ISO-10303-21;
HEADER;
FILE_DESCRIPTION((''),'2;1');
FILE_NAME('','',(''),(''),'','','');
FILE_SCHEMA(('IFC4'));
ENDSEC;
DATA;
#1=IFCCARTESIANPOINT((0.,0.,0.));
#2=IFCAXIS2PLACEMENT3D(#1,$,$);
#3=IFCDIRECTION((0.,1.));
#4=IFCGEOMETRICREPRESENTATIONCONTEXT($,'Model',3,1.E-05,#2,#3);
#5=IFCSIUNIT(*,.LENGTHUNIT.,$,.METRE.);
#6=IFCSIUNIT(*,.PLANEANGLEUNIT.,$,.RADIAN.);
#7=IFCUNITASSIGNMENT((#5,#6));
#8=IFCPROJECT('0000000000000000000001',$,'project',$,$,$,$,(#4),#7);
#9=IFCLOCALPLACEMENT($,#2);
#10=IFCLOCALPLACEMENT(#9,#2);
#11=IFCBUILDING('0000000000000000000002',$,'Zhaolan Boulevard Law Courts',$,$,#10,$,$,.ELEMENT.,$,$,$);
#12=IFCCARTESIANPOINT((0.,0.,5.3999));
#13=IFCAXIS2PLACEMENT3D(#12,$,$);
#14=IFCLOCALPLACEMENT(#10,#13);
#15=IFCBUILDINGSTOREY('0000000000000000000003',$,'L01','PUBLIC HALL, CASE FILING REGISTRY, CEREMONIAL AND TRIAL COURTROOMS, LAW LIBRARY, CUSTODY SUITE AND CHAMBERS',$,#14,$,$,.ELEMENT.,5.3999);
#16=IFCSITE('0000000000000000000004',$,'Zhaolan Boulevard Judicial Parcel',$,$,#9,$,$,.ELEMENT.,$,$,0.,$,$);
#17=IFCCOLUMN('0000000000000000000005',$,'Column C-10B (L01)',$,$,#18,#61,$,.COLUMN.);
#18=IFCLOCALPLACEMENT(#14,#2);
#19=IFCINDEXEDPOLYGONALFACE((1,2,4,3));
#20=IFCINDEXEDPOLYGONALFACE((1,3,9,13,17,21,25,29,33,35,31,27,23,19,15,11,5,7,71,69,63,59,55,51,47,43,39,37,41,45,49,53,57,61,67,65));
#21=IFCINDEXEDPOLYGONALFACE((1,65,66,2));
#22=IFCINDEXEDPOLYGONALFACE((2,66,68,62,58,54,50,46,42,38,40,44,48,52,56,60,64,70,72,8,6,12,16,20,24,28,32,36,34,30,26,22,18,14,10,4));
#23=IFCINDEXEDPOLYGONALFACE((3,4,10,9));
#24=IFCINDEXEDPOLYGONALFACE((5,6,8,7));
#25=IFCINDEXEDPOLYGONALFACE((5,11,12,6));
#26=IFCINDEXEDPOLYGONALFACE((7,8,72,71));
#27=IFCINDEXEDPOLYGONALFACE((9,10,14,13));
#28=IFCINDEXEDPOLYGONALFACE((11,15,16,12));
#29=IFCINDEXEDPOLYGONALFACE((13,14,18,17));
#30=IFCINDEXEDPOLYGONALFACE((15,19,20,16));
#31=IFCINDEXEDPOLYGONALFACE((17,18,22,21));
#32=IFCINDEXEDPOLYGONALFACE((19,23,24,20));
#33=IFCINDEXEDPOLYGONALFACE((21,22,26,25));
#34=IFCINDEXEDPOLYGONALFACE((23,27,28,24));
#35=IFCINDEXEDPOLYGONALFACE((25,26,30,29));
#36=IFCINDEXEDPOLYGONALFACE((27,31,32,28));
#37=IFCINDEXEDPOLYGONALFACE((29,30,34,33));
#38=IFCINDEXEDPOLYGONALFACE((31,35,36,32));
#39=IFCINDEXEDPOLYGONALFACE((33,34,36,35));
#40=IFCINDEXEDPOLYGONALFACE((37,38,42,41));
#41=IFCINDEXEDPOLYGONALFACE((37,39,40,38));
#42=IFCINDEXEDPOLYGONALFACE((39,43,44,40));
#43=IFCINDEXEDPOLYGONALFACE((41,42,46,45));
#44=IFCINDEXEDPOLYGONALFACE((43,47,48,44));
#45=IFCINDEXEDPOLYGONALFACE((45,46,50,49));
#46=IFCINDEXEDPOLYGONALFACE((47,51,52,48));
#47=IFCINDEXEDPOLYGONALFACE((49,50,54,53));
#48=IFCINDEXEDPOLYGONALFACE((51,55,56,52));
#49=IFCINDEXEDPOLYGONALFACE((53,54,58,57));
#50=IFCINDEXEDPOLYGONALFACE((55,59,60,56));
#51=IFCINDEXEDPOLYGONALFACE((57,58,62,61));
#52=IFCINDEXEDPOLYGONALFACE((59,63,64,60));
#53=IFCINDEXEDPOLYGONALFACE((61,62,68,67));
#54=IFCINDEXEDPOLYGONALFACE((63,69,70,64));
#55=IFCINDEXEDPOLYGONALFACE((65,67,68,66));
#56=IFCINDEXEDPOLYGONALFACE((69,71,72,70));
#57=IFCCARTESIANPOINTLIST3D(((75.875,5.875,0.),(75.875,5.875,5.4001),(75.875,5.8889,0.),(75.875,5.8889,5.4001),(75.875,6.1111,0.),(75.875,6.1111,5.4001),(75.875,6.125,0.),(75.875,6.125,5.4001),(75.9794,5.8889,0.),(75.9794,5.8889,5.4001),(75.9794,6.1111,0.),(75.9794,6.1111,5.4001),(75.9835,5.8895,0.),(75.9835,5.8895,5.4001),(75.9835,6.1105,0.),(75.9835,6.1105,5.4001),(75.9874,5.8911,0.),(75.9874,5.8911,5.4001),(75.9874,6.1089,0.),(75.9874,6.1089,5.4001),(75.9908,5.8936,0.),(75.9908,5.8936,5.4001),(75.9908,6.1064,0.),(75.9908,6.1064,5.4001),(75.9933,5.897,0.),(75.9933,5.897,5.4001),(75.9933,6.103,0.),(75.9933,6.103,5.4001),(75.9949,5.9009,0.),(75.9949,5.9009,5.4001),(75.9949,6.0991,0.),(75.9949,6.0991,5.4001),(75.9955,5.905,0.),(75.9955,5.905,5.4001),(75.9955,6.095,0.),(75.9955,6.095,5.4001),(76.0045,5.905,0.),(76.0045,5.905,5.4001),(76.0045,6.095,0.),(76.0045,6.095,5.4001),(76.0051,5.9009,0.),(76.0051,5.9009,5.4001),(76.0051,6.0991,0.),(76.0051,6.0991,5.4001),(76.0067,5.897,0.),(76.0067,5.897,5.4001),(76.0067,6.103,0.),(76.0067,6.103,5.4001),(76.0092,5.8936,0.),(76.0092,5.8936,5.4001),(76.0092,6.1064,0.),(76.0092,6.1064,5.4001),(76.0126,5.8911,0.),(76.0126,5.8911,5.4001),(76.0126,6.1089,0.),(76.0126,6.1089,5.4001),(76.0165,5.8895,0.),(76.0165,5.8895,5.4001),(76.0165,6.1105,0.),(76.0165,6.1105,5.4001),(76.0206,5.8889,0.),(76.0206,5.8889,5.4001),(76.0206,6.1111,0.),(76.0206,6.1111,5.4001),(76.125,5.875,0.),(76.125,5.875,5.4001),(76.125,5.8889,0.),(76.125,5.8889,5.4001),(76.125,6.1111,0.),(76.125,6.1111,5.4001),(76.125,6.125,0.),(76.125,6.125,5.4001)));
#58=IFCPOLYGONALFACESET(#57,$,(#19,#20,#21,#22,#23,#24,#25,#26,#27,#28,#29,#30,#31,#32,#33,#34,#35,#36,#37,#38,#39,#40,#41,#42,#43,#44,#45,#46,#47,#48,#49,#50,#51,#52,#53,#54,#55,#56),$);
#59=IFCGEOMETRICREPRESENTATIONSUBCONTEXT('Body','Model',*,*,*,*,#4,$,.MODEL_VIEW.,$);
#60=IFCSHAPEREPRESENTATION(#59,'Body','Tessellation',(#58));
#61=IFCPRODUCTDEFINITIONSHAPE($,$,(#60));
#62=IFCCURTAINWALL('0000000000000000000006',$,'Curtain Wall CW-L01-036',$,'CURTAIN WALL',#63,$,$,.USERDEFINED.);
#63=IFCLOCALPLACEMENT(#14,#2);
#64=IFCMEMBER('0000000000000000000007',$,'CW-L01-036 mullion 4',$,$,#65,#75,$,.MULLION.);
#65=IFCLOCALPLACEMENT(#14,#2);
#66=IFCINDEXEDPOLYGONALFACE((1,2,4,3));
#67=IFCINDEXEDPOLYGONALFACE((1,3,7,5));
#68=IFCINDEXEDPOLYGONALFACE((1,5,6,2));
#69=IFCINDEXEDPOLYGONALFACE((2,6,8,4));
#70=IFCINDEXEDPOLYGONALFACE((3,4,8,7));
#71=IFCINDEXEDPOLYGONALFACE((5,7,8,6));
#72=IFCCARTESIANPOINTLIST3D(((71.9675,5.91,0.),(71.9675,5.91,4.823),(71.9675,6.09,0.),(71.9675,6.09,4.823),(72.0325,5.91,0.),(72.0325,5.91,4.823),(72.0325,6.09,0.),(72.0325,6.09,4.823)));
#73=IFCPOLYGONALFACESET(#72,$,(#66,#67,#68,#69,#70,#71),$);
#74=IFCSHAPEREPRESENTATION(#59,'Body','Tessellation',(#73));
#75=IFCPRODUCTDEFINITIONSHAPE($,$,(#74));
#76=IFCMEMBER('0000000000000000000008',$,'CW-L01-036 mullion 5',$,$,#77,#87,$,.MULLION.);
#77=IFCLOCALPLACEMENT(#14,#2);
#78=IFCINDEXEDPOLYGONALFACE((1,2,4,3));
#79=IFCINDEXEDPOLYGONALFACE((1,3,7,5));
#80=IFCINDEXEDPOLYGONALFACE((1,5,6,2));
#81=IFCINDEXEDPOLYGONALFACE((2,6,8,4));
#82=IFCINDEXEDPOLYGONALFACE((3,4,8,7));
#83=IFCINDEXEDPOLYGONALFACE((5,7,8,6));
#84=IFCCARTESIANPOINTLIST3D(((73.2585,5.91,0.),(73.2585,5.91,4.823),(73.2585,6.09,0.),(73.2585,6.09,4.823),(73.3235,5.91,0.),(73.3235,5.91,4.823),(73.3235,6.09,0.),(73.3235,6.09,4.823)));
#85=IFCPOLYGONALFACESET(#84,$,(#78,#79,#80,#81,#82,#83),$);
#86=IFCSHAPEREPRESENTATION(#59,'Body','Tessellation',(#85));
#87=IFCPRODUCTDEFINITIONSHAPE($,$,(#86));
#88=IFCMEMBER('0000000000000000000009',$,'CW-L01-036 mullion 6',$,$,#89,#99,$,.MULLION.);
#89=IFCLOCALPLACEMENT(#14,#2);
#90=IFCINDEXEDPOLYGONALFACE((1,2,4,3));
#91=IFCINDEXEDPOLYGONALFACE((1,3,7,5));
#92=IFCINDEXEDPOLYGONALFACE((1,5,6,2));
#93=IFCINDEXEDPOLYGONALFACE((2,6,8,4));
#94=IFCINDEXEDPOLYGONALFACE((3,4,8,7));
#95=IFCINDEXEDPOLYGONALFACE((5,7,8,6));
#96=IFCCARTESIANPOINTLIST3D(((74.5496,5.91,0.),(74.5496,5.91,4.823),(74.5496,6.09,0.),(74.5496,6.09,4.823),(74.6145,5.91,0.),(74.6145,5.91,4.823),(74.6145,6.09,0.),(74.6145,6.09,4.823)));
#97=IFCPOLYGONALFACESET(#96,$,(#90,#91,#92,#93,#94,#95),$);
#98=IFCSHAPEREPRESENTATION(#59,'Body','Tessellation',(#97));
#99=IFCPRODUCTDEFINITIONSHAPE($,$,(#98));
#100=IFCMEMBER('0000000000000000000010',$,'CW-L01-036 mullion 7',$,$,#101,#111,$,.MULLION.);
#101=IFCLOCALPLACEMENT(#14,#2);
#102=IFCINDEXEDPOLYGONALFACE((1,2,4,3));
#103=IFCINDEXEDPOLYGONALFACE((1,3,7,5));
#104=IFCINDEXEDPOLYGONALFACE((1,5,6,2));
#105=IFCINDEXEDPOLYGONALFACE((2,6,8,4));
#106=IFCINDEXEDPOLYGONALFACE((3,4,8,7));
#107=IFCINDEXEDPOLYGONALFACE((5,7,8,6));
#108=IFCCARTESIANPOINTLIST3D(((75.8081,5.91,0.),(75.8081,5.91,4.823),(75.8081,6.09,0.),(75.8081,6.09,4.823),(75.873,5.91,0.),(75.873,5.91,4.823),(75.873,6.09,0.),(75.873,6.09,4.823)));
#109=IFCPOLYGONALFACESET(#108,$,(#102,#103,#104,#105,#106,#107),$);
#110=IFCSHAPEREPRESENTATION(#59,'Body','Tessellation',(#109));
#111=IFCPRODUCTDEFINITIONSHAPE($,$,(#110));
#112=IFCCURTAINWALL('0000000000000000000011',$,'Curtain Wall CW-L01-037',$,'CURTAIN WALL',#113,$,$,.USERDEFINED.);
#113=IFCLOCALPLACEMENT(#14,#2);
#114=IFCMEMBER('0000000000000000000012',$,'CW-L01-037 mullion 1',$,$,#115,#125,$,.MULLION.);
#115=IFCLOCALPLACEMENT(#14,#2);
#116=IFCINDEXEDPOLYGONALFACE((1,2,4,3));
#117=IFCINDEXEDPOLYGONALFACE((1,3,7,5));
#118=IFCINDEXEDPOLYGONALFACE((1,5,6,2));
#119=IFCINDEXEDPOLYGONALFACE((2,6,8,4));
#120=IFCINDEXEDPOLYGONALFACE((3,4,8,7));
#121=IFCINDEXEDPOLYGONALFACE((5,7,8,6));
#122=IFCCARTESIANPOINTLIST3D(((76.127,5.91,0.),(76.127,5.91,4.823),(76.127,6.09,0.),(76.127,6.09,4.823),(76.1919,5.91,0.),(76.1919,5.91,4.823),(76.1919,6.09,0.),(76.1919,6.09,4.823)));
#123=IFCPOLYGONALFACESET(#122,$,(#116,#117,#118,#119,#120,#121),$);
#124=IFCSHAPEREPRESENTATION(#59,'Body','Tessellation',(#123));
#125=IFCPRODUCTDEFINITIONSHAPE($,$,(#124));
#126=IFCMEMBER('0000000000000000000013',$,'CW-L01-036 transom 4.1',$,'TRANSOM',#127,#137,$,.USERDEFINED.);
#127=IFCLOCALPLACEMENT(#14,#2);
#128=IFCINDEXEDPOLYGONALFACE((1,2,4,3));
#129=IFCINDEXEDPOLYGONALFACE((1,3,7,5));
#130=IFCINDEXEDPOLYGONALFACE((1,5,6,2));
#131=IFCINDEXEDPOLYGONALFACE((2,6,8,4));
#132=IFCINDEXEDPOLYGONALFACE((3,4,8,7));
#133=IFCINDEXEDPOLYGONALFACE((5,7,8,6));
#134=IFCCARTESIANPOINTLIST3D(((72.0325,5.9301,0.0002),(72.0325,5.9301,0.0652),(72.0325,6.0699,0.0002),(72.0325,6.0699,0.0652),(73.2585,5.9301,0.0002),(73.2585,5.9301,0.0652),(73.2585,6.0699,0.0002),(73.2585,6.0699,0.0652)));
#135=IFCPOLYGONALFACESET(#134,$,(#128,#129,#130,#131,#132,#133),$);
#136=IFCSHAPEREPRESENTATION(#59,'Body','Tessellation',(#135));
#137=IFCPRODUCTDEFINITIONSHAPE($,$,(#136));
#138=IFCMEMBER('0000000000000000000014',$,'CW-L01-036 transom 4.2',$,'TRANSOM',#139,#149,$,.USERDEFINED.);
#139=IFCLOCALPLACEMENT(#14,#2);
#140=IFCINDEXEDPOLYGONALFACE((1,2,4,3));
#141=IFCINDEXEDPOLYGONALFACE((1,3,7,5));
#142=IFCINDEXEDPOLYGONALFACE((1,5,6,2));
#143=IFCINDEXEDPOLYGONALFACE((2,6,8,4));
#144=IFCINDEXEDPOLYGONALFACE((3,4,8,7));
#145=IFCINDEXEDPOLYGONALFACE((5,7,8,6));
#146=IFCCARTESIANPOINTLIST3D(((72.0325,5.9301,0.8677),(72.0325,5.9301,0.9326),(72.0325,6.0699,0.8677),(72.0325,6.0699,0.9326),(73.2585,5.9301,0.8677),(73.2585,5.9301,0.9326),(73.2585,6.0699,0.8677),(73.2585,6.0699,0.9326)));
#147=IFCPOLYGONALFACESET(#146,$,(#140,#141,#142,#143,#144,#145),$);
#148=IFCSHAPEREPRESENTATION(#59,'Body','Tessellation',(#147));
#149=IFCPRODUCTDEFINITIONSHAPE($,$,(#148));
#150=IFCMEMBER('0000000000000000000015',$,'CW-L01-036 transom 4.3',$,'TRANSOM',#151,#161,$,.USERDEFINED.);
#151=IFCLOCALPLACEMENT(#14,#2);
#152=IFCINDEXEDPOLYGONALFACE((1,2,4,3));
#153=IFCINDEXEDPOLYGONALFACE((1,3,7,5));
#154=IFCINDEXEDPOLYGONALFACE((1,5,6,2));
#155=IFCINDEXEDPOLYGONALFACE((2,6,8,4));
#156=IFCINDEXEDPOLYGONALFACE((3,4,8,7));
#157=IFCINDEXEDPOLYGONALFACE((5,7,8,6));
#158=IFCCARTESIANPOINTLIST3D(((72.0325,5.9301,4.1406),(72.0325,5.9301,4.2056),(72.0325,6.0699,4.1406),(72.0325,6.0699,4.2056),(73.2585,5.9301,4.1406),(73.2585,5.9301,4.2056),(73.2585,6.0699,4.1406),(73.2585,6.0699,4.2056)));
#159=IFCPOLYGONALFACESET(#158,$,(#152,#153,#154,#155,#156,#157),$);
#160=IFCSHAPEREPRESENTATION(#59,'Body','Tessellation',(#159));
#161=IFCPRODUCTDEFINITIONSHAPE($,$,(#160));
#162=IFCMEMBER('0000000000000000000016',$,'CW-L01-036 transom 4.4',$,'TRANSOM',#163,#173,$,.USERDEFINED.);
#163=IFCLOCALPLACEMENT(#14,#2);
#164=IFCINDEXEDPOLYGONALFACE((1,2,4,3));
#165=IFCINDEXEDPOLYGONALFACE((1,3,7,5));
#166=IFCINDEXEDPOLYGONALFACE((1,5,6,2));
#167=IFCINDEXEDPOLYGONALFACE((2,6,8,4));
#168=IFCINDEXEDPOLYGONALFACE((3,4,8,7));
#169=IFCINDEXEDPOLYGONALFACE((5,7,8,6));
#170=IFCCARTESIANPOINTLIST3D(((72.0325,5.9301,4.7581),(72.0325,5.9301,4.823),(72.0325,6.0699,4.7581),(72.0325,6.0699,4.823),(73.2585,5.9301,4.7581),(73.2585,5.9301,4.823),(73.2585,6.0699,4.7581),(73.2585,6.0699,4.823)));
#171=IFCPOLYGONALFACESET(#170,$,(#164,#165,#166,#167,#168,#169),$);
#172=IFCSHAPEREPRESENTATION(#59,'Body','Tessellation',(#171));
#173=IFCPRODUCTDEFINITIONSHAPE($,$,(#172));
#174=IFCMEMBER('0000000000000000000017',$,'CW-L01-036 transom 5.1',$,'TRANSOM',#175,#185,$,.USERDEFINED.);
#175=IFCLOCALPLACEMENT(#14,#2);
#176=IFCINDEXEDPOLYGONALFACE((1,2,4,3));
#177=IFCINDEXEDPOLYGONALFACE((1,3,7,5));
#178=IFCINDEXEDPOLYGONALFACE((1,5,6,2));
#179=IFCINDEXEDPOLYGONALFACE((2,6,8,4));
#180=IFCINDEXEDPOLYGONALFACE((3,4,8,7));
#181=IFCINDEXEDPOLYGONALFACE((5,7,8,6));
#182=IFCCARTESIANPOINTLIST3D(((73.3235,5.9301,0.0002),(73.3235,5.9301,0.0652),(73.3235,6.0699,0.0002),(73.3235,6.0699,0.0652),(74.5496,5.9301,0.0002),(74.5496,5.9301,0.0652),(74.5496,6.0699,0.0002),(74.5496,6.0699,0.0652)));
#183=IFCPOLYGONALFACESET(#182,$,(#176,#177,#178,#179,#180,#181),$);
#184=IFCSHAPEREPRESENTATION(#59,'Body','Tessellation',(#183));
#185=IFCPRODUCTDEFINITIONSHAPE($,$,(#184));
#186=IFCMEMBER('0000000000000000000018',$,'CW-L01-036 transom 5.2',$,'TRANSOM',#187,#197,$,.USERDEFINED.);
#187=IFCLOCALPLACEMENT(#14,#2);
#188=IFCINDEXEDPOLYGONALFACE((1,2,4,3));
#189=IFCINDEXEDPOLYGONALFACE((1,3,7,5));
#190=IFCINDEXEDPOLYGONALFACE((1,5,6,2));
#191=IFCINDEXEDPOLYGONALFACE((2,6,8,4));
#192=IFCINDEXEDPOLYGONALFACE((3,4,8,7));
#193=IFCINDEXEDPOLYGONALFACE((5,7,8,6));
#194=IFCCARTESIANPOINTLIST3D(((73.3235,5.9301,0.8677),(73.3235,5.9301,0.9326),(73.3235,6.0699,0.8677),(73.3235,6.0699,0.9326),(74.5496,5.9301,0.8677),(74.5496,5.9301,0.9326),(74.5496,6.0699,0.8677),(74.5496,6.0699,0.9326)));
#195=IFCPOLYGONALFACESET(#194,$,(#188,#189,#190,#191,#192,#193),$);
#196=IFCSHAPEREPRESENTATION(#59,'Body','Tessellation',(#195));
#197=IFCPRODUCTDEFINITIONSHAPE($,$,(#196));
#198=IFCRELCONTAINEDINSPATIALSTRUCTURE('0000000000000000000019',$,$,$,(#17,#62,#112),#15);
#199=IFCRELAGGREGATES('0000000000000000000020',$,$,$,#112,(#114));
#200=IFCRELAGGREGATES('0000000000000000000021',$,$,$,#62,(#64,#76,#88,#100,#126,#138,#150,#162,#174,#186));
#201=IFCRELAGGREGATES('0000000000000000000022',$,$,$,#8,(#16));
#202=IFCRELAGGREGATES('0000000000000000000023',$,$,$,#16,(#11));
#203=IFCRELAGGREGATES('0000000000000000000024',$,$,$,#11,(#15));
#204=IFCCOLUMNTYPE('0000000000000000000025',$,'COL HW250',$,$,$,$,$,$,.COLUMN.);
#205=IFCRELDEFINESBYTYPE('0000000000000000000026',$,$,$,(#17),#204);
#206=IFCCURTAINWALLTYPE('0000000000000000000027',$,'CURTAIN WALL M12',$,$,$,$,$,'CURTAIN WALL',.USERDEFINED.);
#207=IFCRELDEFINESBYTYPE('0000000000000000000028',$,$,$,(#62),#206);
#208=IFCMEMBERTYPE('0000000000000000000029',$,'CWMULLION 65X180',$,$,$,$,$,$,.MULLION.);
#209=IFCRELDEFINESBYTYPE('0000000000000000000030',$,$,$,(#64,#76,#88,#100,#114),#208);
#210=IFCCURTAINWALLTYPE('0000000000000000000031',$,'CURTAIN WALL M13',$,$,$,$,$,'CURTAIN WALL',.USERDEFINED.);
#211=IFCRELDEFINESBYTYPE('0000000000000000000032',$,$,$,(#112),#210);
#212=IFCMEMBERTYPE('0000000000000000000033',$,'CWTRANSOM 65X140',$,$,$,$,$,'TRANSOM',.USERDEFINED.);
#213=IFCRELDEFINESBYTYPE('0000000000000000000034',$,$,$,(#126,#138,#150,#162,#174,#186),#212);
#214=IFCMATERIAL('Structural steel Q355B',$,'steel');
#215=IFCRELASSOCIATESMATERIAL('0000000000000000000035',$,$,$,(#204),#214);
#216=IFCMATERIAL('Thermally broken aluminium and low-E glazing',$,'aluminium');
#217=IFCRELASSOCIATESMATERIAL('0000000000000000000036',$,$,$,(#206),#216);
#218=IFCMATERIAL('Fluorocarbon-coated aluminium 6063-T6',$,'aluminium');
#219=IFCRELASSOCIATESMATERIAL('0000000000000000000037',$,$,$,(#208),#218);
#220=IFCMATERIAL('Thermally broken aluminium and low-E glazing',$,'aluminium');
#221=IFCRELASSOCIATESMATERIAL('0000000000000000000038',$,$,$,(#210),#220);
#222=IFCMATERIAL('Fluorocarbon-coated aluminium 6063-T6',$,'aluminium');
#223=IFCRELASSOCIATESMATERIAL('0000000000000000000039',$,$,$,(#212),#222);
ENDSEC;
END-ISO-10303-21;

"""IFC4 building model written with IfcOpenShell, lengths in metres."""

from ifc_helpers import new_model, si_unit, direction, frame, origin, origin_2d, place, context, subcontext, project, spatial, rectangle, i_section, extrude, material, material_profile, profile_set, type_object, element, aggregate, save


model = new_model("IFC4")

# Units and contexts
model_context = context("Model", 3, precision=1e-05, world=origin(), true_north=direction((0.0, 1.0)))
body_context = subcontext(model_context, "Body", "Model", "MODEL_VIEW")
ifc_project = project(units=[si_unit("LENGTHUNIT", "METRE"), si_unit("PLANEANGLEUNIT", "RADIAN")], contexts=[model_context])

# Site, building, storey
site_placement = place(None, origin())
site = spatial("IfcSite", under=ifc_project, at=site_placement, Name="Zhaolan Boulevard Judicial Parcel", CompositionType="ELEMENT", RefElevation=0.0)
building_placement = place(site_placement, origin())
building = spatial("IfcBuilding", under=site, at=building_placement, Name="Zhaolan Boulevard Law Courts", CompositionType="ELEMENT")
storey_placement = place(building_placement, frame((0.0, 0.0, 5.3999)))
storey = spatial("IfcBuildingStorey", under=building, at=storey_placement, Name="L01", Description="PUBLIC HALL, CASE FILING REGISTRY, CEREMONIAL AND TRIAL COURTROOMS, LAW LIBRARY, CUSTODY SUITE AND CHAMBERS", CompositionType="ELEMENT", Elevation=5.3999)

# Column
ifc_material_1 = material(Name="Structural steel Q355B", Category="steel")
ifc_material_profile_1 = material_profile(ifc_material_1, i_section(OverallWidth=0.25, OverallDepth=0.25, WebThickness=0.009, FlangeThickness=0.0139, FilletRadius=0.0161, at=origin_2d()), Name="HW250x250")
ifc_profile_set_1 = profile_set([ifc_material_profile_1], Name="Structural steel Q355B")
column_type = type_object("IfcColumnType", Name="COL HW250", PredefinedType="COLUMN", material=ifc_profile_set_1)
column_placement = place(storey_placement, frame((76.0, 6.0, 0.0), z_axis=(0.0, 0.0, 1.0), x_axis=(1.0, 0.0, 0.0)))
element("IfcColumn", 1, at=column_placement, inside=storey, type_object=column_type, Name="Column C-10B (L01)", PredefinedType="COLUMN", context=body_context, shape_type="SweptSolid", body=[
    extrude(i_section(OverallWidth=0.25, OverallDepth=0.25, WebThickness=0.009, FlangeThickness=0.0139, FilletRadius=0.0161, at=origin_2d()), origin(), (0.0, 0.0, 1.0), 5.4001),
])

# Curtain wall, members
ifc_material_2 = material(Name="Thermally broken aluminium and low-E glazing", Category="aluminium")
curtain_wall_type_1 = type_object("IfcCurtainWallType", Name="CURTAIN WALL M12", ElementType="CURTAIN WALL", PredefinedType="USERDEFINED", material=ifc_material_2)
curtain_wall_1_placement = place(storey_placement, origin())
curtain_wall_1 = element("IfcCurtainWall", 2, at=curtain_wall_1_placement, inside=storey, type_object=curtain_wall_type_1, Name="Curtain Wall CW-L01-036", ObjectType="CURTAIN WALL", PredefinedType="USERDEFINED")
ifc_material_3 = material(Name="Fluorocarbon-coated aluminium 6063-T6", Category="aluminium")
ifc_material_profile_2 = material_profile(ifc_material_3, rectangle(XDim=0.1799, YDim=0.0649, at=origin_2d()), Name="AL65x180")
ifc_profile_set_2 = profile_set([ifc_material_profile_2], Name="Fluorocarbon-coated aluminium 6063-T6")
member_type_1 = type_object("IfcMemberType", Name="CWMULLION 65X180", PredefinedType="MULLION", material=ifc_profile_set_2)
member_1_placement = place(storey_placement, frame((72.0, 6.0, 0.0), z_axis=(0.0, 0.0, 1.0), x_axis=(0.0, 1.0, 0.0)))
member_1 = element("IfcMember", 3, at=member_1_placement, type_object=member_type_1, Name="CW-L01-036 mullion 4", PredefinedType="MULLION", context=body_context, shape_type="SweptSolid", body=[
    extrude(rectangle(XDim=0.1799, YDim=0.0649, at=origin_2d()), origin(), (0.0, 0.0, 1.0), 4.823),
])
member_2_placement = place(storey_placement, frame((73.291, 6.0, 0.0), z_axis=(0.0, 0.0, 1.0), x_axis=(0.0, 1.0, 0.0)))
member_2 = element("IfcMember", 4, at=member_2_placement, type_object=member_type_1, Name="CW-L01-036 mullion 5", PredefinedType="MULLION", context=body_context, shape_type="SweptSolid", body=[
    extrude(rectangle(XDim=0.1799, YDim=0.0649, at=origin_2d()), origin(), (0.0, 0.0, 1.0), 4.823),
])
member_3_placement = place(storey_placement, frame((74.582, 6.0, 0.0), z_axis=(0.0, 0.0, 1.0), x_axis=(0.0, 1.0, 0.0)))
member_3 = element("IfcMember", 5, at=member_3_placement, type_object=member_type_1, Name="CW-L01-036 mullion 6", PredefinedType="MULLION", context=body_context, shape_type="SweptSolid", body=[
    extrude(rectangle(XDim=0.1799, YDim=0.0649, at=origin_2d()), origin(), (0.0, 0.0, 1.0), 4.823),
])
member_4_placement = place(storey_placement, frame((75.8406, 6.0, 0.0), z_axis=(0.0, 0.0, 1.0), x_axis=(0.0, 1.0, 0.0)))
member_4 = element("IfcMember", 6, at=member_4_placement, type_object=member_type_1, Name="CW-L01-036 mullion 7", PredefinedType="MULLION", context=body_context, shape_type="SweptSolid", body=[
    extrude(rectangle(XDim=0.1799, YDim=0.0649, at=origin_2d()), origin(), (0.0, 0.0, 1.0), 4.823),
])

# Curtain wall, member
ifc_material_4 = material(Name="Thermally broken aluminium and low-E glazing", Category="aluminium")
curtain_wall_type_2 = type_object("IfcCurtainWallType", Name="CURTAIN WALL M13", ElementType="CURTAIN WALL", PredefinedType="USERDEFINED", material=ifc_material_4)
curtain_wall_2_placement = place(storey_placement, origin())
curtain_wall_2 = element("IfcCurtainWall", 7, at=curtain_wall_2_placement, inside=storey, type_object=curtain_wall_type_2, Name="Curtain Wall CW-L01-037", ObjectType="CURTAIN WALL", PredefinedType="USERDEFINED")
member_5_placement = place(storey_placement, frame((76.1594, 6.0, 0.0), z_axis=(0.0, 0.0, 1.0), x_axis=(0.0, 1.0, 0.0)))
member_5 = element("IfcMember", 8, at=member_5_placement, type_object=member_type_1, Name="CW-L01-037 mullion 1", PredefinedType="MULLION", context=body_context, shape_type="SweptSolid", body=[
    extrude(rectangle(XDim=0.1799, YDim=0.0649, at=origin_2d()), origin(), (0.0, 0.0, 1.0), 4.823),
])

# Members
ifc_material_5 = material(Name="Fluorocarbon-coated aluminium 6063-T6", Category="aluminium")
ifc_material_profile_3 = material_profile(ifc_material_5, rectangle(XDim=0.1399, YDim=0.0649, at=origin_2d()), Name="AL65x140")
ifc_profile_set_3 = profile_set([ifc_material_profile_3], Name="Fluorocarbon-coated aluminium 6063-T6")
member_type_2 = type_object("IfcMemberType", Name="CWTRANSOM 65X140", ElementType="TRANSOM", PredefinedType="USERDEFINED", material=ifc_profile_set_3)
member_6_placement = place(storey_placement, frame((72.0325, 6.0, 0.0327), z_axis=(1.0, 0.0, 0.0), x_axis=(0.0, 1.0, 0.0)))
member_6 = element("IfcMember", 9, at=member_6_placement, type_object=member_type_2, Name="CW-L01-036 transom 4.1", ObjectType="TRANSOM", PredefinedType="USERDEFINED", context=body_context, shape_type="SweptSolid", body=[
    extrude(rectangle(XDim=0.1399, YDim=0.0649, at=origin_2d()), origin(), (0.0, 0.0, 1.0), 1.2261),
])
member_7_placement = place(storey_placement, frame((72.0325, 6.0, 0.9001), z_axis=(1.0, 0.0, 0.0), x_axis=(0.0, 1.0, 0.0)))
member_7 = element("IfcMember", 10, at=member_7_placement, type_object=member_type_2, Name="CW-L01-036 transom 4.2", ObjectType="TRANSOM", PredefinedType="USERDEFINED", context=body_context, shape_type="SweptSolid", body=[
    extrude(rectangle(XDim=0.1399, YDim=0.0649, at=origin_2d()), origin(), (0.0, 0.0, 1.0), 1.2261),
])
member_8_placement = place(storey_placement, frame((72.0325, 6.0, 4.1731), z_axis=(1.0, 0.0, 0.0), x_axis=(0.0, 1.0, 0.0)))
member_8 = element("IfcMember", 11, at=member_8_placement, type_object=member_type_2, Name="CW-L01-036 transom 4.3", ObjectType="TRANSOM", PredefinedType="USERDEFINED", context=body_context, shape_type="SweptSolid", body=[
    extrude(rectangle(XDim=0.1399, YDim=0.0649, at=origin_2d()), origin(), (0.0, 0.0, 1.0), 1.2261),
])
member_9_placement = place(storey_placement, frame((72.0325, 6.0, 4.7905), z_axis=(1.0, 0.0, 0.0), x_axis=(0.0, 1.0, 0.0)))
member_9 = element("IfcMember", 12, at=member_9_placement, type_object=member_type_2, Name="CW-L01-036 transom 4.4", ObjectType="TRANSOM", PredefinedType="USERDEFINED", context=body_context, shape_type="SweptSolid", body=[
    extrude(rectangle(XDim=0.1399, YDim=0.0649, at=origin_2d()), origin(), (0.0, 0.0, 1.0), 1.2261),
])
member_10_placement = place(storey_placement, frame((73.3235, 6.0, 0.0327), z_axis=(1.0, 0.0, 0.0), x_axis=(0.0, 1.0, 0.0)))
member_10 = element("IfcMember", 13, at=member_10_placement, type_object=member_type_2, Name="CW-L01-036 transom 5.1", ObjectType="TRANSOM", PredefinedType="USERDEFINED", context=body_context, shape_type="SweptSolid", body=[
    extrude(rectangle(XDim=0.1399, YDim=0.0649, at=origin_2d()), origin(), (0.0, 0.0, 1.0), 1.2261),
])
member_11_placement = place(storey_placement, frame((73.3235, 6.0, 0.9001), z_axis=(1.0, 0.0, 0.0), x_axis=(0.0, 1.0, 0.0)))
member_11 = element("IfcMember", 14, at=member_11_placement, type_object=member_type_2, Name="CW-L01-036 transom 5.2", ObjectType="TRANSOM", PredefinedType="USERDEFINED", context=body_context, shape_type="SweptSolid", body=[
    extrude(rectangle(XDim=0.1399, YDim=0.0649, at=origin_2d()), origin(), (0.0, 0.0, 1.0), 1.2261),
])
aggregate(curtain_wall_2, [member_5])

aggregate(curtain_wall_1, [member_1, member_2, member_3, member_4, member_6, member_7, member_8, member_9, member_10, member_11])

save(model, "model.ifc")
